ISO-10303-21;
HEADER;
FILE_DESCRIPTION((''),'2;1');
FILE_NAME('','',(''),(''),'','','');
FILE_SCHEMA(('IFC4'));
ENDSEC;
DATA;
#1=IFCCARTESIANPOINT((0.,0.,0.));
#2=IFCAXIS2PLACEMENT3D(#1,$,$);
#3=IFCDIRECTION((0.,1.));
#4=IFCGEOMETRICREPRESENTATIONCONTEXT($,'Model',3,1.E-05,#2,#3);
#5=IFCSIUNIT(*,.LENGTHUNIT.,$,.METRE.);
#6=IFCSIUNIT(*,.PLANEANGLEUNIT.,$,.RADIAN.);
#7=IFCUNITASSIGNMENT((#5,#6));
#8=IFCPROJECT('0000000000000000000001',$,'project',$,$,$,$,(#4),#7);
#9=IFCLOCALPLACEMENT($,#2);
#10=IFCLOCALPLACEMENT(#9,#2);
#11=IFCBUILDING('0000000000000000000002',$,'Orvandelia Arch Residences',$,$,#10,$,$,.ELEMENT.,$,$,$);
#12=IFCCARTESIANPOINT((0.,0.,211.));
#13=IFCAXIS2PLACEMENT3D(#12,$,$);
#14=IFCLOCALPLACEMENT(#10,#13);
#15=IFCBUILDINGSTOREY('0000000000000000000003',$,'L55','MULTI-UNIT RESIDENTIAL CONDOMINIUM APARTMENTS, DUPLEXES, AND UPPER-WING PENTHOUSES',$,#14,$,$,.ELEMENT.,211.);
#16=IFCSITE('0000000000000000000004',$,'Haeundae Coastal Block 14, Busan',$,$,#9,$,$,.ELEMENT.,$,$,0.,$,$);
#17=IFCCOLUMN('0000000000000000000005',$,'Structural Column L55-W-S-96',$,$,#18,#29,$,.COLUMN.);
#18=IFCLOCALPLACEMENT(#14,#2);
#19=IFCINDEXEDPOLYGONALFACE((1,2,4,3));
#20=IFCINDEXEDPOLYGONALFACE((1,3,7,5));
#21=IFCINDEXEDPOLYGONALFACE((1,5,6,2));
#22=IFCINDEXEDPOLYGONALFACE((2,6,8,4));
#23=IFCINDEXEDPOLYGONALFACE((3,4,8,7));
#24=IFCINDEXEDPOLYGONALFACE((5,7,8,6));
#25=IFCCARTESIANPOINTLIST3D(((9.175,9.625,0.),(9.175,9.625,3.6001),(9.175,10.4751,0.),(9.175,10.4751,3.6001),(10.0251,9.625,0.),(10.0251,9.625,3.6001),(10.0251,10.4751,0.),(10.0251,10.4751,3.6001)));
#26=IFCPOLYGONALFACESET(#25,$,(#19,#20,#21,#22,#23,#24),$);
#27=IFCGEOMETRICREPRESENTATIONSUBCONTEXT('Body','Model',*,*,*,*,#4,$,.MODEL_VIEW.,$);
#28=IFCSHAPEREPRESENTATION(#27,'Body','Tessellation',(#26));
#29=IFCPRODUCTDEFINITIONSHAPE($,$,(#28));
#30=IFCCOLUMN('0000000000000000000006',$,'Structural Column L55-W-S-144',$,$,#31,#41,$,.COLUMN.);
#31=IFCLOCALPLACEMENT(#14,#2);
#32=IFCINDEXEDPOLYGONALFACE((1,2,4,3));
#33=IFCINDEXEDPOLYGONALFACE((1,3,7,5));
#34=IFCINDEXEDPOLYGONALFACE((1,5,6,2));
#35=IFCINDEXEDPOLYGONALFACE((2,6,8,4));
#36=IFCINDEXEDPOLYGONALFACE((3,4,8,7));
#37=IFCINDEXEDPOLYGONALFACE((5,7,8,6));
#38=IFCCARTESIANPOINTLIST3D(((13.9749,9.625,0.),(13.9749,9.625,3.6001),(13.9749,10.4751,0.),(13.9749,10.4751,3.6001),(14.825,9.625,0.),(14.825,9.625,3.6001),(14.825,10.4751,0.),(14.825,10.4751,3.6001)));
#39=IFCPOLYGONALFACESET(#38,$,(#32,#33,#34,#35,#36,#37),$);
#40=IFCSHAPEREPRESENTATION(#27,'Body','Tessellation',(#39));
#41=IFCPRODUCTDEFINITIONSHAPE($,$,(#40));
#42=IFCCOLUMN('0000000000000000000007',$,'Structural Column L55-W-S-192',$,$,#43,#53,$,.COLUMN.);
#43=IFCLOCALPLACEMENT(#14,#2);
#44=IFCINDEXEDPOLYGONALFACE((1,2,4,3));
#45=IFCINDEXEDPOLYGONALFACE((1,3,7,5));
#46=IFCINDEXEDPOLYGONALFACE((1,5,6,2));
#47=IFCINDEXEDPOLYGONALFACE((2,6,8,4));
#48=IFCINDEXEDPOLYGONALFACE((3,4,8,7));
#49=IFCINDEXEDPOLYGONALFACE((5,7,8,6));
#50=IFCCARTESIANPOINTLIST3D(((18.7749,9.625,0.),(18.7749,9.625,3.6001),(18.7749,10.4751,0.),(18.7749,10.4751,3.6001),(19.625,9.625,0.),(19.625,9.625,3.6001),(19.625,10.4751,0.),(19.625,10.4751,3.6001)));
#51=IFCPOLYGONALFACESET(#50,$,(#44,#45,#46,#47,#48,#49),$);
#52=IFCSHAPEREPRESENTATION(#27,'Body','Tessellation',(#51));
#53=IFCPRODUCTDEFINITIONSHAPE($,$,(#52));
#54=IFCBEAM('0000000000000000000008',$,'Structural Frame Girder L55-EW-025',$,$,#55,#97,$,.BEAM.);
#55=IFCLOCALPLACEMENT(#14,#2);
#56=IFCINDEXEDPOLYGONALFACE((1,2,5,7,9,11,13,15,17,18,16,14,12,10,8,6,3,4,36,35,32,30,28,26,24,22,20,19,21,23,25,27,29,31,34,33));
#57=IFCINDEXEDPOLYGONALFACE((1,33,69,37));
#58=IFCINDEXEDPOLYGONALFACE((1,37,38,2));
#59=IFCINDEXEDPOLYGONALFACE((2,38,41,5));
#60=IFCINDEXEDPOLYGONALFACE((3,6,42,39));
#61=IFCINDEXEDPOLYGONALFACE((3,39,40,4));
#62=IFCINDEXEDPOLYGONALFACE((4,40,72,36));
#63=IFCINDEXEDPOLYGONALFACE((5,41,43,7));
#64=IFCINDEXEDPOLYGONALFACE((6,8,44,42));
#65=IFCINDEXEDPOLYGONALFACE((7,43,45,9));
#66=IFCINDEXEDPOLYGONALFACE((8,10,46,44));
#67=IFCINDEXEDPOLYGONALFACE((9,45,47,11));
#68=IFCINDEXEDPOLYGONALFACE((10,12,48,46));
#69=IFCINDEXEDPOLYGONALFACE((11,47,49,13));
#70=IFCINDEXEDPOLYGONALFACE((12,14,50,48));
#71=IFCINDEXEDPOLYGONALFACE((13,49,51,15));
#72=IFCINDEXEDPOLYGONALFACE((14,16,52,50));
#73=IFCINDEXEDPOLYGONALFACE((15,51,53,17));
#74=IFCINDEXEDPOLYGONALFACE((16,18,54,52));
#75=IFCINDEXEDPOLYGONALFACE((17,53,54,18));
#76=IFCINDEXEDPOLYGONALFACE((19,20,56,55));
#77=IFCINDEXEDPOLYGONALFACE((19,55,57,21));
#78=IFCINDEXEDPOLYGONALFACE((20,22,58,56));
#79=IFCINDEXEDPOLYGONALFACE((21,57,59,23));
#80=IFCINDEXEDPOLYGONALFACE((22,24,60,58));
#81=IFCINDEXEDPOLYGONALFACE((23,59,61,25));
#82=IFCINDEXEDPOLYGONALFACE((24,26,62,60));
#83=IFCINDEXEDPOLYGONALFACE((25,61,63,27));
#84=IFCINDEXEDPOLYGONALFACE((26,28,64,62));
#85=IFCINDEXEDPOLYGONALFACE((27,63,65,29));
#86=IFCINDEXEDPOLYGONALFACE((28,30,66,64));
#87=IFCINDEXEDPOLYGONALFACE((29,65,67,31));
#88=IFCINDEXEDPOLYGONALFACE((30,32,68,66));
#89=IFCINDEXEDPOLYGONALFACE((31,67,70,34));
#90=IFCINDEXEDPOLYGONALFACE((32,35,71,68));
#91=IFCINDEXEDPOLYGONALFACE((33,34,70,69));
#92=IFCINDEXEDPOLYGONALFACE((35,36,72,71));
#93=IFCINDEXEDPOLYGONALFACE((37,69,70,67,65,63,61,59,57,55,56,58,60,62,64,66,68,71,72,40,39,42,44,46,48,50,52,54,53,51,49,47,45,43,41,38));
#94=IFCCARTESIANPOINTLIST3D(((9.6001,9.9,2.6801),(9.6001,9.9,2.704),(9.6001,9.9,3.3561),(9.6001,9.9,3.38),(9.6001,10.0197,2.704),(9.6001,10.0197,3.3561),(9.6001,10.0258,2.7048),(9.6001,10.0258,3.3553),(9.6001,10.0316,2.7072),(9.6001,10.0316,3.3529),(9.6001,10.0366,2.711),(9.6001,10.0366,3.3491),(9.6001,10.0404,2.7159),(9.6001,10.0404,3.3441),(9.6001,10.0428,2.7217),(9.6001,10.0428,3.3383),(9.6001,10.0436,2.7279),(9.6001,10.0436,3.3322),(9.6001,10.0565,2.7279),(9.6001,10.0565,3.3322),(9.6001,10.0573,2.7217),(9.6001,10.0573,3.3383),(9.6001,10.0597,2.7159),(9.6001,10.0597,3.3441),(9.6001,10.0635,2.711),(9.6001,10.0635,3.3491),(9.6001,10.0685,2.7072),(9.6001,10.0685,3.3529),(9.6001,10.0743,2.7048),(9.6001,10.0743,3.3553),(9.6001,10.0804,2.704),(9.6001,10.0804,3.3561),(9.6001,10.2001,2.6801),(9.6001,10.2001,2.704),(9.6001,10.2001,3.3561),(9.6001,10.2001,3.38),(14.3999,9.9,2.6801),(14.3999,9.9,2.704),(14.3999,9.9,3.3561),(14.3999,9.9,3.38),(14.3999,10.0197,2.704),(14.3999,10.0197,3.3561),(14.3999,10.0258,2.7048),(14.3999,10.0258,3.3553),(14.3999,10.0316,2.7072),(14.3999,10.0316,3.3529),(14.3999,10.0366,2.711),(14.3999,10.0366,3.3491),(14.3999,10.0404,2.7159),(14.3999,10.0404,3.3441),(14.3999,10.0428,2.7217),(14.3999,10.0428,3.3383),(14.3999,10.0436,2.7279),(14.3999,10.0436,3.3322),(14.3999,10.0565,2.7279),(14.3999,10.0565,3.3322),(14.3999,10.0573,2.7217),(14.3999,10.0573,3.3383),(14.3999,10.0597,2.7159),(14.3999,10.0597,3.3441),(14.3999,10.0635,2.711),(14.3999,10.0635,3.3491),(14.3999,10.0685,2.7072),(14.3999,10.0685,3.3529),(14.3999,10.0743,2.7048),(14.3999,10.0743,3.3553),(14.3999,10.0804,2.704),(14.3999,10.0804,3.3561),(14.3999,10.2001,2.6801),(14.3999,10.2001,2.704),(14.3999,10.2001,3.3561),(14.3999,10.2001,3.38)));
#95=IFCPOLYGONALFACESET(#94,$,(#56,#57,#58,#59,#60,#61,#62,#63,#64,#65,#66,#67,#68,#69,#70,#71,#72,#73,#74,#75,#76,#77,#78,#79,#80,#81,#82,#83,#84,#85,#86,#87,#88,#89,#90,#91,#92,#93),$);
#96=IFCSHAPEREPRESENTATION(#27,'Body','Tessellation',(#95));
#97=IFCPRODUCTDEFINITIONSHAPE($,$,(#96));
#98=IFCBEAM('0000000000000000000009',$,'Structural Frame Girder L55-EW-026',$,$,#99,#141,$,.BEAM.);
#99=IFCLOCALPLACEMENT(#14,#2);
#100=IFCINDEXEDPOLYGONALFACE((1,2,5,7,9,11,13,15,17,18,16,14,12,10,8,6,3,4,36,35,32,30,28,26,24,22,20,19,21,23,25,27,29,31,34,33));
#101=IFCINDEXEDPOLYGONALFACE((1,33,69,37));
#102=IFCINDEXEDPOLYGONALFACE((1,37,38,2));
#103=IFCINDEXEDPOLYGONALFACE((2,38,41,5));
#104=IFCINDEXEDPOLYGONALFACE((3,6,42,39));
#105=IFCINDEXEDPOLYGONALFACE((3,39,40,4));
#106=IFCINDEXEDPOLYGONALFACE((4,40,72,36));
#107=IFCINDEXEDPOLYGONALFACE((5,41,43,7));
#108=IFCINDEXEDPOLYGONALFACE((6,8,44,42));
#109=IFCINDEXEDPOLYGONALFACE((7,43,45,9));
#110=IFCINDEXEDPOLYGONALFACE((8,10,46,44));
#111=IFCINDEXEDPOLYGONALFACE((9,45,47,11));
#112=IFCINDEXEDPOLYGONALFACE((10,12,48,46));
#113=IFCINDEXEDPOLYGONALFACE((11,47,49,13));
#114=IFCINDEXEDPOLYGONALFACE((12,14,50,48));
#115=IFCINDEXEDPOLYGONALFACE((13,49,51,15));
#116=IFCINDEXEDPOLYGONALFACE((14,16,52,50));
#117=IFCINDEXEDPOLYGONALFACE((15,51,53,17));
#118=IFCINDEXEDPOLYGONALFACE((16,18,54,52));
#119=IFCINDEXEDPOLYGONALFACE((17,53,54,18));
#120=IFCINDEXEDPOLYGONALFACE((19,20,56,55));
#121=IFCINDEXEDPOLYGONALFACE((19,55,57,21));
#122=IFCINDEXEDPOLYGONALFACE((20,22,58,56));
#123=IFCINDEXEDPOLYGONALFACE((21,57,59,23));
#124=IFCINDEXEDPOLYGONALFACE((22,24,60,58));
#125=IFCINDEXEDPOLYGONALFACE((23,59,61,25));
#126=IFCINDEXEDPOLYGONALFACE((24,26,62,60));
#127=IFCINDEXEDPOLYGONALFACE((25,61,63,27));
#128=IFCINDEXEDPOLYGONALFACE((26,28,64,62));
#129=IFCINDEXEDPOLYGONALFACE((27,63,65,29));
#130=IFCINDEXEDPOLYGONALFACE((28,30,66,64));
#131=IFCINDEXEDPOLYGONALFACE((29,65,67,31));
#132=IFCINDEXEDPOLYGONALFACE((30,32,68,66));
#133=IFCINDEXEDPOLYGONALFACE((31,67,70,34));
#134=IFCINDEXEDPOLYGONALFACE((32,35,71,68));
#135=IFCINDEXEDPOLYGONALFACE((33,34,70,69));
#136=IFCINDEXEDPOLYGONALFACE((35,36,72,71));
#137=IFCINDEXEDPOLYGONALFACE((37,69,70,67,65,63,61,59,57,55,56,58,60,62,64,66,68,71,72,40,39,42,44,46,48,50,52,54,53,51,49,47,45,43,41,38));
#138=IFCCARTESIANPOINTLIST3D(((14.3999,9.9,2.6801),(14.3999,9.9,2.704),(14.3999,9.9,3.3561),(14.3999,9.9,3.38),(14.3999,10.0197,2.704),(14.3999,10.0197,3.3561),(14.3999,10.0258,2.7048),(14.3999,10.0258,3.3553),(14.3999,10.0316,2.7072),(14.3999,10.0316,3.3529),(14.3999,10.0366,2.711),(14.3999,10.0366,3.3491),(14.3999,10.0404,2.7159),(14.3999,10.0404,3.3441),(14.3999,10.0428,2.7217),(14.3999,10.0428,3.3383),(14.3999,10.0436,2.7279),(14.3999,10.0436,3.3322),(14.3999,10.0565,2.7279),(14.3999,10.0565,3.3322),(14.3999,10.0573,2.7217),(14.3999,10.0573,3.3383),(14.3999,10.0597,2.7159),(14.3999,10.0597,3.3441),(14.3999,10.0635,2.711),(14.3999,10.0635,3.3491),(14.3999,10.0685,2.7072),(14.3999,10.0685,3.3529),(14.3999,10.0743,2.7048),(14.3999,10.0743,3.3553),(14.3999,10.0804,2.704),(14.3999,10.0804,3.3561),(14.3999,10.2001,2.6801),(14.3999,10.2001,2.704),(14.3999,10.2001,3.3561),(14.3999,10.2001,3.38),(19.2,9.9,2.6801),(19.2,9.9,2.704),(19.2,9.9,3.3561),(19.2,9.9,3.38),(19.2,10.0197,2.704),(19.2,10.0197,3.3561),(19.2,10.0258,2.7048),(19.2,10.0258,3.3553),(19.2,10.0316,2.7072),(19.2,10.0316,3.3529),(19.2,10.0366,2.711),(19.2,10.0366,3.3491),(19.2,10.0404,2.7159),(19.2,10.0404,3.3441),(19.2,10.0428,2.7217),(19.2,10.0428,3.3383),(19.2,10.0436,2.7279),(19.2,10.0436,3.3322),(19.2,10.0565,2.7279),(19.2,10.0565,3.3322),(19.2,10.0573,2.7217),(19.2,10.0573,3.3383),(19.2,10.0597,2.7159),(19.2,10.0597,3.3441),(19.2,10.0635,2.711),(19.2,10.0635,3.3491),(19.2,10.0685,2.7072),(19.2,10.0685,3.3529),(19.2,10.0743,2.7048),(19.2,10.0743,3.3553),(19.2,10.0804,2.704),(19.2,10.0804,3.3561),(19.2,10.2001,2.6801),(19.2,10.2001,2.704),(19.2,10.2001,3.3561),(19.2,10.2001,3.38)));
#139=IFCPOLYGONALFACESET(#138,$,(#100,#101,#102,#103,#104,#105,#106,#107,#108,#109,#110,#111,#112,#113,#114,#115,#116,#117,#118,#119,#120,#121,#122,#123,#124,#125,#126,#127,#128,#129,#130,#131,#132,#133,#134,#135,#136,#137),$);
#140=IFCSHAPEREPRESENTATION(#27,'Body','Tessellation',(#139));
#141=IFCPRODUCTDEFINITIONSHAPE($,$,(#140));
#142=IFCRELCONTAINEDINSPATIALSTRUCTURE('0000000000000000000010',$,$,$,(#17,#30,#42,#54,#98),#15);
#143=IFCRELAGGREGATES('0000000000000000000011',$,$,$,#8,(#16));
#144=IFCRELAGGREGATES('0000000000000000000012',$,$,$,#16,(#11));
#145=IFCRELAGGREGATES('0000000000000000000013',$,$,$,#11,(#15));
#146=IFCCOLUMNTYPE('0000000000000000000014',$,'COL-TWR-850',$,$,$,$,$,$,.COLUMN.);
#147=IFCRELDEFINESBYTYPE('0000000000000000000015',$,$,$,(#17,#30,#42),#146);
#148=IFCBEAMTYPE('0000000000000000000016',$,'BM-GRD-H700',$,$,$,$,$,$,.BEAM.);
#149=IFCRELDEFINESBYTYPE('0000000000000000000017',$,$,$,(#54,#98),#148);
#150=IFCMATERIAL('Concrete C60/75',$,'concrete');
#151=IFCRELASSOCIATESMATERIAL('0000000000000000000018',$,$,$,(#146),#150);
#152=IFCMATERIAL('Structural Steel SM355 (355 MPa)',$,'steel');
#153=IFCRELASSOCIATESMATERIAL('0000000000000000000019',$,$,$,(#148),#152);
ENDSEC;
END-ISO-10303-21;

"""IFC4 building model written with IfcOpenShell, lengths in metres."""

from ifc_helpers import new_model, si_unit, direction, frame, origin, origin_2d, place, context, subcontext, project, spatial, rectangle, i_section, extrude, material, material_profile, profile_set, type_object, element, save


model = new_model("IFC4")

# Units and contexts
model_context = context("Model", 3, precision=1e-05, world=origin(), true_north=direction((0.0, 1.0)))
body_context = subcontext(model_context, "Body", "Model", "MODEL_VIEW")
ifc_project = project(units=[si_unit("LENGTHUNIT", "METRE"), si_unit("PLANEANGLEUNIT", "RADIAN")], contexts=[model_context])

# Site, building, storey
site_placement = place(None, origin())
site = spatial("IfcSite", under=ifc_project, at=site_placement, Name="Haeundae Coastal Block 14, Busan", CompositionType="ELEMENT", RefElevation=0.0)
building_placement = place(site_placement, origin())
building = spatial("IfcBuilding", under=site, at=building_placement, Name="Orvandelia Arch Residences", CompositionType="ELEMENT")
storey_placement = place(building_placement, frame((0.0, 0.0, 211.0)))
storey = spatial("IfcBuildingStorey", under=building, at=storey_placement, Name="L55", Description="MULTI-UNIT RESIDENTIAL CONDOMINIUM APARTMENTS, DUPLEXES, AND UPPER-WING PENTHOUSES", CompositionType="ELEMENT", Elevation=211.0)

# Columns
ifc_material_1 = material(Name="Concrete C60/75", Category="concrete")
ifc_material_profile_1 = material_profile(ifc_material_1, rectangle(XDim=0.8501, YDim=0.8501, at=origin_2d()), Name="Concrete C60/75", Category="concrete")
ifc_profile_set_1 = profile_set([ifc_material_profile_1], Name="Concrete C60/75")
column_type = type_object("IfcColumnType", Name="COL-TWR-850", PredefinedType="COLUMN", material=ifc_profile_set_1)
for number, where, z_axis, x_axis, name in (
    (1, (9.6001, 10.05, 0.0), (0.0, 0.0, 1.0), (1.0, 0.0, 0.0), "Structural Column L55-W-S-96"),
    (2, (14.3999, 10.05, 0.0), (0.0, 0.0, 1.0), (1.0, 0.0, 0.0), "Structural Column L55-W-S-144"),
    (3, (19.2, 10.05, 0.0), (0.0, 0.0, 1.0), (1.0, 0.0, 0.0), "Structural Column L55-W-S-192"),
):
    element("IfcColumn", number, at=place(storey_placement, frame(where, z_axis=z_axis, x_axis=x_axis)), inside=storey, type_object=column_type, Name=name, PredefinedType="COLUMN", context=body_context, shape_type="SweptSolid", body=[
        extrude(rectangle(XDim=0.8501, YDim=0.8501, at=origin_2d()), origin(), (0.0, 0.0, 1.0), 3.6001),
    ])

# Beams
ifc_material_2 = material(Name="Structural Steel SM355 (355 MPa)", Category="steel")
ifc_material_profile_2 = material_profile(ifc_material_2, i_section(OverallWidth=0.3, OverallDepth=0.7, WebThickness=0.0129, FlangeThickness=0.0239, FilletRadius=0.0239, at=origin_2d()), Name="Structural Steel SM355 (355 MPa)", Category="steel")
ifc_profile_set_2 = profile_set([ifc_material_profile_2], Name="Structural Steel SM355 (355 MPa)")
beam_type = type_object("IfcBeamType", Name="BM-GRD-H700", PredefinedType="BEAM", material=ifc_profile_set_2)
beam_1_placement = place(storey_placement, frame((9.6001, 10.05, 3.03), z_axis=(1.0, 0.0, 0.0), x_axis=(0.0, 1.0, 0.0)))
element("IfcBeam", 4, at=beam_1_placement, inside=storey, type_object=beam_type, Name="Structural Frame Girder L55-EW-025", PredefinedType="BEAM", context=body_context, shape_type="SweptSolid", body=[
    extrude(i_section(OverallWidth=0.3, OverallDepth=0.7, WebThickness=0.0129, FlangeThickness=0.0239, FilletRadius=0.0239, at=origin_2d()), origin(), (0.0, 0.0, 1.0), 4.7998),
])
beam_2_placement = place(storey_placement, frame((14.3999, 10.05, 3.03), z_axis=(1.0, 0.0, 0.0), x_axis=(0.0, 1.0, 0.0)))
element("IfcBeam", 5, at=beam_2_placement, inside=storey, type_object=beam_type, Name="Structural Frame Girder L55-EW-026", PredefinedType="BEAM", context=body_context, shape_type="SweptSolid", body=[
    extrude(i_section(OverallWidth=0.3, OverallDepth=0.7, WebThickness=0.0129, FlangeThickness=0.0239, FilletRadius=0.0239, at=origin_2d()), origin(), (0.0, 0.0, 1.0), 4.8),
])

save(model, "model.ifc")
